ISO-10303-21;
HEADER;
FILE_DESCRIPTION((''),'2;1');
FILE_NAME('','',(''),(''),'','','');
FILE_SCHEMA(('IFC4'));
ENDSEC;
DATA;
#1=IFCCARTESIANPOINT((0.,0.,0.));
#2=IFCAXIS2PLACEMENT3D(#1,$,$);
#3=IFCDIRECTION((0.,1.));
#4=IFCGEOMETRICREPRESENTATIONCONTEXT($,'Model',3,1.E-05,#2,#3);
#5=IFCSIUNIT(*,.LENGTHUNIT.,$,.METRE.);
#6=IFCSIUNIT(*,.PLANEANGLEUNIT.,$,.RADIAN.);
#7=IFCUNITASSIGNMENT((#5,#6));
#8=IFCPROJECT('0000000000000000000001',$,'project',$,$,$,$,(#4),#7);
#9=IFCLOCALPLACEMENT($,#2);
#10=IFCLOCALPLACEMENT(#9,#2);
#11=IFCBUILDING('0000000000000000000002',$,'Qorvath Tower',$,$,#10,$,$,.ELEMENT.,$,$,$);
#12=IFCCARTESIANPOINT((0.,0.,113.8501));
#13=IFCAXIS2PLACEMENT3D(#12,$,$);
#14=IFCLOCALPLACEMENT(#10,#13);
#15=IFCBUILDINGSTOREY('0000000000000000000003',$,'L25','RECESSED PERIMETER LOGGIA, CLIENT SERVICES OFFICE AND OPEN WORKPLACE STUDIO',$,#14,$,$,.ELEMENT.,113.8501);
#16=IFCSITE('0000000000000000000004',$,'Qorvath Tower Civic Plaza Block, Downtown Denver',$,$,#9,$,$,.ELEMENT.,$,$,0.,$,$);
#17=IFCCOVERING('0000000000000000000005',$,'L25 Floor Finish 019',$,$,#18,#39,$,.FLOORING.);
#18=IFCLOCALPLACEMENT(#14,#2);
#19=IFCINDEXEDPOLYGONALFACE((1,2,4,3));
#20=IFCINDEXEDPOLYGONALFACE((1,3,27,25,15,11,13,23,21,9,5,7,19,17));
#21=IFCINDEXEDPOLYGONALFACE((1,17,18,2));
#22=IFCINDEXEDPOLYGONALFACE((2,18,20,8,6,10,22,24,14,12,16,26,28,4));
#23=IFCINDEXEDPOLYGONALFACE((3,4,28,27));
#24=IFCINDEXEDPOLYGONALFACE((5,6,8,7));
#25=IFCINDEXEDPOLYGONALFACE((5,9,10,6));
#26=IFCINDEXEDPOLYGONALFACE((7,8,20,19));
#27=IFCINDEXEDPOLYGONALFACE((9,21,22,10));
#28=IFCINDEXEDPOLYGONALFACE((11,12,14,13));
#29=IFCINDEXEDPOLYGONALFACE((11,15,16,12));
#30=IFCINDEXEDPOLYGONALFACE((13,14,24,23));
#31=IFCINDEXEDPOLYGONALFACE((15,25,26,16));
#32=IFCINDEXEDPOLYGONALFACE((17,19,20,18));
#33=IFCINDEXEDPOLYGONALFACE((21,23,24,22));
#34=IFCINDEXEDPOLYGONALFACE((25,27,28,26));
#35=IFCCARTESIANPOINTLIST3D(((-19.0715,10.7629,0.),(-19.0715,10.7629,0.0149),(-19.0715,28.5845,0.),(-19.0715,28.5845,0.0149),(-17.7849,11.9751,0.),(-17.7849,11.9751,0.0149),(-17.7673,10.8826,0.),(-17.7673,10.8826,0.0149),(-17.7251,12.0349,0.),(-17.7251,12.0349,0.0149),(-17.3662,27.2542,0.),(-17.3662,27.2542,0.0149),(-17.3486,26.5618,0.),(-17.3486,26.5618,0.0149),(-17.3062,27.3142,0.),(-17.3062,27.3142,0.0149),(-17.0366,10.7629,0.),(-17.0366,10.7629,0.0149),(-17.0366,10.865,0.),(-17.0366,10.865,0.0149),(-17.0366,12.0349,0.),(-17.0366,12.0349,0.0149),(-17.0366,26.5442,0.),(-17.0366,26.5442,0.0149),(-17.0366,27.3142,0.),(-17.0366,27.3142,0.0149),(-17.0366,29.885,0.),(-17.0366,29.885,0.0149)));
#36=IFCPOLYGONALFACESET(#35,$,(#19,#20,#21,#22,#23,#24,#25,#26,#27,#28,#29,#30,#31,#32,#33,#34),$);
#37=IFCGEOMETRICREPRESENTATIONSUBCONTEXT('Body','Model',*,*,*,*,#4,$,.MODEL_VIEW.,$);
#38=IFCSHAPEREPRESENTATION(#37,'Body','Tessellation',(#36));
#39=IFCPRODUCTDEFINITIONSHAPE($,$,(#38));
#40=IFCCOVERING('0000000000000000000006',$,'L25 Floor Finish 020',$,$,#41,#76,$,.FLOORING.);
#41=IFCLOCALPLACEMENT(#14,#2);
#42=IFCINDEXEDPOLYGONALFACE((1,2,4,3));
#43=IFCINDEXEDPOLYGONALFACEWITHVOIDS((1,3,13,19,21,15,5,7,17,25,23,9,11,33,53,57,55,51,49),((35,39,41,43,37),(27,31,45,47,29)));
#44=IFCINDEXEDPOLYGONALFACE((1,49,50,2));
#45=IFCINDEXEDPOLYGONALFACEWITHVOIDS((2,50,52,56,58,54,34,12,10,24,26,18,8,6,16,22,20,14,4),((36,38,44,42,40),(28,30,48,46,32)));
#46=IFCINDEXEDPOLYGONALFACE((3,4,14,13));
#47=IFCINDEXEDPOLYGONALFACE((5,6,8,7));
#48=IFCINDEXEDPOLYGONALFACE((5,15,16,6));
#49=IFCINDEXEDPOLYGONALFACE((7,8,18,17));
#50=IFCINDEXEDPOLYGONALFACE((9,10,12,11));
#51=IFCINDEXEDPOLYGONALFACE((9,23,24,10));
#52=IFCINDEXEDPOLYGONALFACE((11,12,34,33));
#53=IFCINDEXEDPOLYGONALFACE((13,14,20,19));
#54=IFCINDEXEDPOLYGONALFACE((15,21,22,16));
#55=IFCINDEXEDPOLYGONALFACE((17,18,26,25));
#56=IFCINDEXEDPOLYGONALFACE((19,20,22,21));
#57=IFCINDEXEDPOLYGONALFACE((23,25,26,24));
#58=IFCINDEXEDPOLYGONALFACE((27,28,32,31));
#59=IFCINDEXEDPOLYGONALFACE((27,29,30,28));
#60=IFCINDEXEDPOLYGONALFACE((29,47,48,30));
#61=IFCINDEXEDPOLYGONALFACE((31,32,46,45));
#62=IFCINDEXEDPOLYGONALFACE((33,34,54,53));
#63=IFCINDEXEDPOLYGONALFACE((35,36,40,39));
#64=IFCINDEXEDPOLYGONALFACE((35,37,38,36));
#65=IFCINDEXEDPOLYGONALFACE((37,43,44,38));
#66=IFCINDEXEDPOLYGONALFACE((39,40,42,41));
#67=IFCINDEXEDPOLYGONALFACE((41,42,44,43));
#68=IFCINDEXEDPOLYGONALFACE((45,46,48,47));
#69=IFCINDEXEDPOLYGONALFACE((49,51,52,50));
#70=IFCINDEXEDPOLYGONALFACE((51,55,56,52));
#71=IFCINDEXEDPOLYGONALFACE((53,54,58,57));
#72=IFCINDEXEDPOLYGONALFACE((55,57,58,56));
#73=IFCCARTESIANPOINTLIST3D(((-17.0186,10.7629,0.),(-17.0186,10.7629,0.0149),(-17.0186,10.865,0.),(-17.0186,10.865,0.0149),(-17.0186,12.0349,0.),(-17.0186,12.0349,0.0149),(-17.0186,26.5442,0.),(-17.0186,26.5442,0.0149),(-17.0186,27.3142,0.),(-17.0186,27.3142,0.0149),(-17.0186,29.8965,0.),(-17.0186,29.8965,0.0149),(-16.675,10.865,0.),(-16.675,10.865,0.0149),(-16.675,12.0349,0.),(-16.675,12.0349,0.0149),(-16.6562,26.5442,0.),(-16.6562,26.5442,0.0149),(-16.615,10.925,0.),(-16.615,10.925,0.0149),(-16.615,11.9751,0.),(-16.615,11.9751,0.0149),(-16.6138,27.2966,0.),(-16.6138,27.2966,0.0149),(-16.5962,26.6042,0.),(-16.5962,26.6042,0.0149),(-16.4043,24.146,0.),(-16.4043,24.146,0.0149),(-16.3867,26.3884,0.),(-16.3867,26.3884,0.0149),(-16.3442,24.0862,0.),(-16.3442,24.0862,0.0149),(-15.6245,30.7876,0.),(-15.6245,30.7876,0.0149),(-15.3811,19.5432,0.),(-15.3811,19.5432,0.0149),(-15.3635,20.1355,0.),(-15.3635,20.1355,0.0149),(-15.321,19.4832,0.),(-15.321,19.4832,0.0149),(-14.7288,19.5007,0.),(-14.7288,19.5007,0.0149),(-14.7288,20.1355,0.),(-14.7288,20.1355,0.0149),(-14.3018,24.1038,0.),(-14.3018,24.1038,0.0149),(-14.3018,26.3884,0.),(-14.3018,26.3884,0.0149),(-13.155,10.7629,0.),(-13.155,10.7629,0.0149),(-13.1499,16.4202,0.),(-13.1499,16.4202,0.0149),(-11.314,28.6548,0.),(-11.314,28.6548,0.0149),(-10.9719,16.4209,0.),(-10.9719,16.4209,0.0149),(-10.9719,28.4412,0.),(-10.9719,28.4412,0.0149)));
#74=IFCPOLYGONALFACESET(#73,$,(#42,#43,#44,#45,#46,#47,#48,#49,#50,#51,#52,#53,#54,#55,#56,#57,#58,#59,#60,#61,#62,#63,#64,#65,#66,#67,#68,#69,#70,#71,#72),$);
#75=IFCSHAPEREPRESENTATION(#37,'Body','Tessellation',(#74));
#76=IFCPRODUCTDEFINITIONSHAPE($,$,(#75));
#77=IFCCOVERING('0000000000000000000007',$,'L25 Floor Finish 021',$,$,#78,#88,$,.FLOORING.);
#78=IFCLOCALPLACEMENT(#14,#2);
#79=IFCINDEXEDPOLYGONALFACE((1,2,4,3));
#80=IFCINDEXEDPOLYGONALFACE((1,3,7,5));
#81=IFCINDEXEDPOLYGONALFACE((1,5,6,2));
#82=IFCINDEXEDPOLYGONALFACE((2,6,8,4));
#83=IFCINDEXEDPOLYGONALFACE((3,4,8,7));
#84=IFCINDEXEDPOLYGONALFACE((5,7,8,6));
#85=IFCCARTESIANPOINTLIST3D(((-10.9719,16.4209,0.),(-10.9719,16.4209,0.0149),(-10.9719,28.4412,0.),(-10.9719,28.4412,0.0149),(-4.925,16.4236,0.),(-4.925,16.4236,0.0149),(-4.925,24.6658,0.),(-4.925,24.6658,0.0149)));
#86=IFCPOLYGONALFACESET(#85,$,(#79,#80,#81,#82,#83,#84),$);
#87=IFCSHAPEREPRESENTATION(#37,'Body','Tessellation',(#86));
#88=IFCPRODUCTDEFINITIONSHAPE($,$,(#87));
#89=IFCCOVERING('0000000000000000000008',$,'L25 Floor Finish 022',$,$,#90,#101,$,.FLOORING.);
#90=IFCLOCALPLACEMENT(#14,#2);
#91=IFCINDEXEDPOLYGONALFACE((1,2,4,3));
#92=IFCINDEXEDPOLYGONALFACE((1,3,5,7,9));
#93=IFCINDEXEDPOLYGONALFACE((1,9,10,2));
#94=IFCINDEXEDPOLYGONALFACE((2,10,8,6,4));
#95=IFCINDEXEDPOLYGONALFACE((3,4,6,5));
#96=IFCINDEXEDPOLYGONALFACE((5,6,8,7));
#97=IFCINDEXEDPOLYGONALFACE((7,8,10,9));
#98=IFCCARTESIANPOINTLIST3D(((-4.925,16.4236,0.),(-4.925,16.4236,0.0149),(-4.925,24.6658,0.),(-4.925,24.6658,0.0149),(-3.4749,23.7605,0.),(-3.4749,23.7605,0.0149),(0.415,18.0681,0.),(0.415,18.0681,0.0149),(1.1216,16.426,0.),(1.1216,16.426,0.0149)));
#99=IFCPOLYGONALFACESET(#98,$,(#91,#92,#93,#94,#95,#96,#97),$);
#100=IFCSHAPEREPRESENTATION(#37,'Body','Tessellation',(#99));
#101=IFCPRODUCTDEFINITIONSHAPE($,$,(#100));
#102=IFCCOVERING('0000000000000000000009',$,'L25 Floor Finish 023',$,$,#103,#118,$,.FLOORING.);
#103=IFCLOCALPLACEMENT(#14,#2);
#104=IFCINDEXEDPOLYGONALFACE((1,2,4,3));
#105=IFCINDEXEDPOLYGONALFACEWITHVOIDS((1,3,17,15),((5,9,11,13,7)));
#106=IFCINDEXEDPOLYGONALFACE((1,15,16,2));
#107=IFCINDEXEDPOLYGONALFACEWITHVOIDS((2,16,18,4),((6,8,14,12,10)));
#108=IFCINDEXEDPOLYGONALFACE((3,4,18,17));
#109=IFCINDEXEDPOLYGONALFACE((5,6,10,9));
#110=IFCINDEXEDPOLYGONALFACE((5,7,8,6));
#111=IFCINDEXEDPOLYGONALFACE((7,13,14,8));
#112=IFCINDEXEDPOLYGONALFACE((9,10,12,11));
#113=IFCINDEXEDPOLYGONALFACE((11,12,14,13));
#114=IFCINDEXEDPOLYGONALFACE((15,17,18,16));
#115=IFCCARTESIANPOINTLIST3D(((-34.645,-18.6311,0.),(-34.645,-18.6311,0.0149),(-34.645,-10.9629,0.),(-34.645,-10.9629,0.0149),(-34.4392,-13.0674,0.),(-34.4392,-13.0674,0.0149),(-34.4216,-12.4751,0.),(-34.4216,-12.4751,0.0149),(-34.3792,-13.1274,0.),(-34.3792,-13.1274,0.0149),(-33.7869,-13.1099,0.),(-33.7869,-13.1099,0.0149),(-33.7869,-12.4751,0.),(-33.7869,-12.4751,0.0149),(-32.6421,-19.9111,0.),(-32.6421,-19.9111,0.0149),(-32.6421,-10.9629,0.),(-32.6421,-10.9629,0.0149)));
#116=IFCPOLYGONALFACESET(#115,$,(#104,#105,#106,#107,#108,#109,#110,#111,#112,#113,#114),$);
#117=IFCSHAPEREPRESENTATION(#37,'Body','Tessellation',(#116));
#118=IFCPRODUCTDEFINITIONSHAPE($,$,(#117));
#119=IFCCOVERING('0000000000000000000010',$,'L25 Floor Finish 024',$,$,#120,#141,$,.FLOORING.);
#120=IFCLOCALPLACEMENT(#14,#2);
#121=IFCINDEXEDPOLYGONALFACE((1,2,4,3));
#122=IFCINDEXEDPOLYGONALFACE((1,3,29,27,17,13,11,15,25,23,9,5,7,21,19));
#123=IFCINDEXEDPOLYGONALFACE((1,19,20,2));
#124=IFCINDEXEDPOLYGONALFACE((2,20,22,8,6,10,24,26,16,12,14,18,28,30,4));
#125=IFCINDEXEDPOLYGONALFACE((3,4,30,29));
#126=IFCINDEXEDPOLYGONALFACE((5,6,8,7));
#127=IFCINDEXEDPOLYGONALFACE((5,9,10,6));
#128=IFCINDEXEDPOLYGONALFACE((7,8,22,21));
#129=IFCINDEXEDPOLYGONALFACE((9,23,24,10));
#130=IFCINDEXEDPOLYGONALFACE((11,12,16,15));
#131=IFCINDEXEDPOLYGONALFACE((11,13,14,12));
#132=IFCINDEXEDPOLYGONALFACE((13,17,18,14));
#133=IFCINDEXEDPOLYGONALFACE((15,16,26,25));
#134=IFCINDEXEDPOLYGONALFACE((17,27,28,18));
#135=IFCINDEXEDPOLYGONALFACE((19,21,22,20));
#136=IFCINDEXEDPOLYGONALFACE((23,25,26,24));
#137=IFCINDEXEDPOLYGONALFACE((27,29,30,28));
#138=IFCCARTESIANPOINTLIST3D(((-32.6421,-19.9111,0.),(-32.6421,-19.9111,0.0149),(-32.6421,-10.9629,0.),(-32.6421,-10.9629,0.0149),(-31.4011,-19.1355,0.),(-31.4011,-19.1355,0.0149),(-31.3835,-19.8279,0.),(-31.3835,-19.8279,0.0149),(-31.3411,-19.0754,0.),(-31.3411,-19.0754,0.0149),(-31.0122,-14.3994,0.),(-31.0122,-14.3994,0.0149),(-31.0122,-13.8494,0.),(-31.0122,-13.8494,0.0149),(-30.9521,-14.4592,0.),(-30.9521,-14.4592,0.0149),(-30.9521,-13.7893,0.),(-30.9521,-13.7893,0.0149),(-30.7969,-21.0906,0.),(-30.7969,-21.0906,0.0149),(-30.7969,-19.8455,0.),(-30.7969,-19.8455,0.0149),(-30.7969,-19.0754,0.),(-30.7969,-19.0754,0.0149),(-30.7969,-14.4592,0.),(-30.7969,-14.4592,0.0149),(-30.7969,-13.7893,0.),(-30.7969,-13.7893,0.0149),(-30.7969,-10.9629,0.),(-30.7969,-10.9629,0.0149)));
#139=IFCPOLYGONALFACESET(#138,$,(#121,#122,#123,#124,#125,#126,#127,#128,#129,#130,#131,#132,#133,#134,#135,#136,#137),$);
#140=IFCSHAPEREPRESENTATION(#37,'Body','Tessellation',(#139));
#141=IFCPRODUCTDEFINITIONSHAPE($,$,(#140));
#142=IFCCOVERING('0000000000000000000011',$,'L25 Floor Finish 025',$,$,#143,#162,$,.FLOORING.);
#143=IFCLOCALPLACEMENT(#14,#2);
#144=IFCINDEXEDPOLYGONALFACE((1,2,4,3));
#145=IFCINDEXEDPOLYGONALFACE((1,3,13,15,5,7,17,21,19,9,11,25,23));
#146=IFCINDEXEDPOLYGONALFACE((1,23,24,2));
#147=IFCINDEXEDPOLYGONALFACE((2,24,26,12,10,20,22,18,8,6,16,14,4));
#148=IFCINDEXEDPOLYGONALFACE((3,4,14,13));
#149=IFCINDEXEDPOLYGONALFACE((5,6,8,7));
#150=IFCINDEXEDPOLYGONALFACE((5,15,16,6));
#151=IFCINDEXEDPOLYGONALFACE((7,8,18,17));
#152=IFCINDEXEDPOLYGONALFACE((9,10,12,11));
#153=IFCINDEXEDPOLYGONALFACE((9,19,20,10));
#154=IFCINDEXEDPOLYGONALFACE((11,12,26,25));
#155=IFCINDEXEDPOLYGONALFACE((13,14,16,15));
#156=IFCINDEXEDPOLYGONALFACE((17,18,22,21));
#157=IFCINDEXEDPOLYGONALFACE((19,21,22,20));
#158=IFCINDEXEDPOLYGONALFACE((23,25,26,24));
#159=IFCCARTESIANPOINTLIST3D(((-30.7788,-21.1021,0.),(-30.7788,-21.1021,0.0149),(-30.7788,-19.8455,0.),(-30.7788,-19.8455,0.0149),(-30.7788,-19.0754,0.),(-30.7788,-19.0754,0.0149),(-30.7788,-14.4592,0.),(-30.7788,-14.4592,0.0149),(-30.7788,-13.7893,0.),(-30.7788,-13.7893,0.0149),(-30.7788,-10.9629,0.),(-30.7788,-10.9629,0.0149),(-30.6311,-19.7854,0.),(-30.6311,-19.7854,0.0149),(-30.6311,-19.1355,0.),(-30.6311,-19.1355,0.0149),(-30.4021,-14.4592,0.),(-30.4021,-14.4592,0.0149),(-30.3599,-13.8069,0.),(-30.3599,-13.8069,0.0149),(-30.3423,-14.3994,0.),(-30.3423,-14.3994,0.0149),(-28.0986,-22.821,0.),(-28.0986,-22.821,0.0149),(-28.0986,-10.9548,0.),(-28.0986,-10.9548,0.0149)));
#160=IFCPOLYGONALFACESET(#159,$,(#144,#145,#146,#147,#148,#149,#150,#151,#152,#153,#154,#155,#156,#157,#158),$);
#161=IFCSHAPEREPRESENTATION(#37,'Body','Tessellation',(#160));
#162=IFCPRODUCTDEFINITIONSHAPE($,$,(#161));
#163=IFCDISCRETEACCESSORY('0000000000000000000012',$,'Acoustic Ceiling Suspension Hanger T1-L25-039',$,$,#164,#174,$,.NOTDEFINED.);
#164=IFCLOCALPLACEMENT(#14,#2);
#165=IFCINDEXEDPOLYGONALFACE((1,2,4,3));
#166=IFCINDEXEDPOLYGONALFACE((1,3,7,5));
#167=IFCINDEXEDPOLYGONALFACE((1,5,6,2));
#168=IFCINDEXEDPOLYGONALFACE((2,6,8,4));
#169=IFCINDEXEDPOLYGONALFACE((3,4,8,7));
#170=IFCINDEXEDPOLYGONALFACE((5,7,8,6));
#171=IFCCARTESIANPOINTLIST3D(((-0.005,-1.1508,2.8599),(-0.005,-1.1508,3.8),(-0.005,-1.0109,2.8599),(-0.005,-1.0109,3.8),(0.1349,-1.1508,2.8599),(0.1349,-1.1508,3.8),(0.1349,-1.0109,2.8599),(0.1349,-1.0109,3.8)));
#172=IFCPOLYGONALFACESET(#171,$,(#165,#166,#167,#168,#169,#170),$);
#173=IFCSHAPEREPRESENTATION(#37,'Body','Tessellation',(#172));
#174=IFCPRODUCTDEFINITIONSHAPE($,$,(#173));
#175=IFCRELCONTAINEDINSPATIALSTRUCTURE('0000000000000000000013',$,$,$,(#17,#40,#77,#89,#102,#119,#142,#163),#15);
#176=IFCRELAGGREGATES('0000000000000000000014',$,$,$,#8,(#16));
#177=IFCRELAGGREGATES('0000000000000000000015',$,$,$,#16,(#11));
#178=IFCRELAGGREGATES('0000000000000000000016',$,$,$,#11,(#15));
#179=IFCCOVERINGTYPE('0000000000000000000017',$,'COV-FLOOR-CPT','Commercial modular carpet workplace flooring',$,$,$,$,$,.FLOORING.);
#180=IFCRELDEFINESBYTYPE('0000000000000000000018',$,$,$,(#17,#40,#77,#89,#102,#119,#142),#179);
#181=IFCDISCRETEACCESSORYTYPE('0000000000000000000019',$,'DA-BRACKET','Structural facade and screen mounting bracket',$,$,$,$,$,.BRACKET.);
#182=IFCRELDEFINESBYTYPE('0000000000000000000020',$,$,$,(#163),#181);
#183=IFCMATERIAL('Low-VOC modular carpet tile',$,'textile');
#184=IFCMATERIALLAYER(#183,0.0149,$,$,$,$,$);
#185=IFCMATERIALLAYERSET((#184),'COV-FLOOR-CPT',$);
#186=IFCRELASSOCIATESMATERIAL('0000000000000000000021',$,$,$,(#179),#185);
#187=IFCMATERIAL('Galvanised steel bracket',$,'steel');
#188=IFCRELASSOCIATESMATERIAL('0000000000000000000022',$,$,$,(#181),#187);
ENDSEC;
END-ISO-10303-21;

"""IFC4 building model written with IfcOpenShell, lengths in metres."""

from ifc_helpers import new_model, si_unit, direction, frame, origin, origin_2d, place, context, subcontext, project, spatial, polyline, rectangle, outline, extrude, material, layer, layer_set, type_object, element, save


model = new_model("IFC4")

# Units and contexts
model_context = context("Model", 3, precision=1e-05, world=origin(), true_north=direction((0.0, 1.0)))
body_context = subcontext(model_context, "Body", "Model", "MODEL_VIEW")
ifc_project = project(units=[si_unit("LENGTHUNIT", "METRE"), si_unit("PLANEANGLEUNIT", "RADIAN")], contexts=[model_context])

# Site, building, storey
site_placement = place(None, origin())
site = spatial("IfcSite", under=ifc_project, at=site_placement, Name="Qorvath Tower Civic Plaza Block, Downtown Denver", CompositionType="ELEMENT", RefElevation=0.0)
building_placement = place(site_placement, origin())
building = spatial("IfcBuilding", under=site, at=building_placement, Name="Qorvath Tower", CompositionType="ELEMENT")
storey_placement = place(building_placement, frame((0.0, 0.0, 113.8501)))
storey = spatial("IfcBuildingStorey", under=building, at=storey_placement, Name="L25", Description="RECESSED PERIMETER LOGGIA, CLIENT SERVICES OFFICE AND OPEN WORKPLACE STUDIO", CompositionType="ELEMENT", Elevation=113.8501)

# Coverings
ifc_material_1 = material(Name="Low-VOC modular carpet tile", Category="textile")
ifc_layer_1 = layer(ifc_material_1, 0.0149)
ifc_layer_set_1 = layer_set([ifc_layer_1], Name="COV-FLOOR-CPT")
covering_type_1 = type_object("IfcCoveringType", Name="COV-FLOOR-CPT", Description="Commercial modular carpet workplace flooring", PredefinedType="FLOORING", material=ifc_layer_set_1)
covering_1_placement = place(storey_placement, origin())
element("IfcCovering", 1, at=covering_1_placement, inside=storey, type_object=covering_type_1, Name="L25 Floor Finish 019", PredefinedType="FLOORING", context=body_context, shape_type="SweptSolid", body=[
    extrude(outline(polyline([(-17.7251, 12.0349), (-17.0366, 12.0349), (-17.0366, 26.5442), (-17.3486, 26.5618), (-17.3662, 27.2542), (-17.3062, 27.3142), (-17.0366, 27.3142), (-17.0366, 29.885), (-19.0715, 28.5845), (-19.0715, 10.7629), (-17.0366, 10.7629), (-17.0366, 10.865), (-17.7673, 10.8826), (-17.7849, 11.9751), (-17.7251, 12.0349)])), origin(), (0.0, 0.0, 1.0), 0.0149),
])
covering_2_placement = place(storey_placement, origin())
element("IfcCovering", 2, at=covering_2_placement, inside=storey, type_object=covering_type_1, Name="L25 Floor Finish 020", PredefinedType="FLOORING", context=body_context, shape_type="SweptSolid", body=[
    extrude(outline(polyline([(-10.9719, 16.4209), (-10.9719, 28.4412), (-11.314, 28.6548), (-15.6245, 30.7876), (-17.0186, 29.8965), (-17.0186, 27.3142), (-16.6138, 27.2966), (-16.5962, 26.6042), (-16.6562, 26.5442), (-17.0186, 26.5442), (-17.0186, 12.0349), (-16.675, 12.0349), (-16.615, 11.9751), (-16.615, 10.925), (-16.675, 10.865), (-17.0186, 10.865), (-17.0186, 10.7629), (-13.155, 10.7629), (-13.1499, 16.4202), (-10.9719, 16.4209)]), holes=[polyline([(-16.4043, 24.146), (-16.3867, 26.3884), (-14.3018, 26.3884), (-14.3018, 24.1038), (-16.3442, 24.0862), (-16.4043, 24.146)]), polyline([(-15.3811, 19.5432), (-15.3635, 20.1355), (-14.7288, 20.1355), (-14.7288, 19.5007), (-15.321, 19.4832), (-15.3811, 19.5432)])]), origin(), (0.0, 0.0, 1.0), 0.0149),
])
covering_3_placement = place(storey_placement, origin())
element("IfcCovering", 3, at=covering_3_placement, inside=storey, type_object=covering_type_1, Name="L25 Floor Finish 021", PredefinedType="FLOORING", context=body_context, shape_type="SweptSolid", body=[
    extrude(outline(polyline([(-4.925, 16.4236), (-4.925, 24.6658), (-10.9719, 28.4412), (-10.9719, 16.4209), (-4.925, 16.4236)])), origin(), (0.0, 0.0, 1.0), 0.0149),
])
covering_4_placement = place(storey_placement, origin())
element("IfcCovering", 4, at=covering_4_placement, inside=storey, type_object=covering_type_1, Name="L25 Floor Finish 022", PredefinedType="FLOORING", context=body_context, shape_type="SweptSolid", body=[
    extrude(outline(polyline([(-3.4749, 23.7605), (-4.925, 24.6658), (-4.925, 16.4236), (1.1216, 16.426), (0.415, 18.0681), (-3.4749, 23.7605)])), origin(), (0.0, 0.0, 1.0), 0.0149),
])
covering_5_placement = place(storey_placement, origin())
element("IfcCovering", 5, at=covering_5_placement, inside=storey, type_object=covering_type_1, Name="L25 Floor Finish 023", PredefinedType="FLOORING", context=body_context, shape_type="SweptSolid", body=[
    extrude(outline(polyline([(-32.6421, -19.9111), (-32.6421, -10.9629), (-34.645, -10.9629), (-34.645, -18.6311), (-32.6421, -19.9111)]), holes=[polyline([(-34.4392, -13.0674), (-34.4216, -12.4751), (-33.7869, -12.4751), (-33.7869, -13.1099), (-34.3792, -13.1274), (-34.4392, -13.0674)])]), origin(), (0.0, 0.0, 1.0), 0.0149),
])
covering_6_placement = place(storey_placement, origin())
element("IfcCovering", 6, at=covering_6_placement, inside=storey, type_object=covering_type_1, Name="L25 Floor Finish 024", PredefinedType="FLOORING", context=body_context, shape_type="SweptSolid", body=[
    extrude(outline(polyline([(-31.3411, -19.0754), (-30.7969, -19.0754), (-30.7969, -14.4592), (-30.9521, -14.4592), (-31.0122, -14.3994), (-31.0122, -13.8494), (-30.9521, -13.7893), (-30.7969, -13.7893), (-30.7969, -10.9629), (-32.6421, -10.9629), (-32.6421, -19.9111), (-30.7969, -21.0906), (-30.7969, -19.8455), (-31.3835, -19.8279), (-31.4011, -19.1355), (-31.3411, -19.0754)])), origin(), (0.0, 0.0, 1.0), 0.0149),
])
covering_7_placement = place(storey_placement, origin())
element("IfcCovering", 7, at=covering_7_placement, inside=storey, type_object=covering_type_1, Name="L25 Floor Finish 025", PredefinedType="FLOORING", context=body_context, shape_type="SweptSolid", body=[
    extrude(outline(polyline([(-28.0986, -22.821), (-28.0986, -10.9548), (-30.7788, -10.9629), (-30.7788, -13.7893), (-30.3599, -13.8069), (-30.3423, -14.3994), (-30.4021, -14.4592), (-30.7788, -14.4592), (-30.7788, -19.0754), (-30.6311, -19.1355), (-30.6311, -19.7854), (-30.7788, -19.8455), (-30.7788, -21.1021), (-28.0986, -22.821)])), origin(), (0.0, 0.0, 1.0), 0.0149),
])

# Discrete accessory
ifc_material_2 = material(Name="Galvanised steel bracket", Category="steel")
discrete_accessory_type = type_object("IfcDiscreteAccessoryType", Name="DA-BRACKET", Description="Structural facade and screen mounting bracket", PredefinedType="BRACKET", material=ifc_material_2)
discrete_accessory_placement = place(storey_placement, frame((0.0649, -1.0808, 2.8599), z_axis=(0.0, 0.0, 1.0), x_axis=(1.0, 0.0, 0.0)))
element("IfcDiscreteAccessory", 8, at=discrete_accessory_placement, inside=storey, type_object=discrete_accessory_type, Name="Acoustic Ceiling Suspension Hanger T1-L25-039", PredefinedType="NOTDEFINED", context=body_context, shape_type="SweptSolid", body=[
    extrude(rectangle(XDim=0.1399, YDim=0.1399, at=origin_2d()), origin(), (0.0, 0.0, 1.0), 0.9402),
])

save(model, "model.ifc")
